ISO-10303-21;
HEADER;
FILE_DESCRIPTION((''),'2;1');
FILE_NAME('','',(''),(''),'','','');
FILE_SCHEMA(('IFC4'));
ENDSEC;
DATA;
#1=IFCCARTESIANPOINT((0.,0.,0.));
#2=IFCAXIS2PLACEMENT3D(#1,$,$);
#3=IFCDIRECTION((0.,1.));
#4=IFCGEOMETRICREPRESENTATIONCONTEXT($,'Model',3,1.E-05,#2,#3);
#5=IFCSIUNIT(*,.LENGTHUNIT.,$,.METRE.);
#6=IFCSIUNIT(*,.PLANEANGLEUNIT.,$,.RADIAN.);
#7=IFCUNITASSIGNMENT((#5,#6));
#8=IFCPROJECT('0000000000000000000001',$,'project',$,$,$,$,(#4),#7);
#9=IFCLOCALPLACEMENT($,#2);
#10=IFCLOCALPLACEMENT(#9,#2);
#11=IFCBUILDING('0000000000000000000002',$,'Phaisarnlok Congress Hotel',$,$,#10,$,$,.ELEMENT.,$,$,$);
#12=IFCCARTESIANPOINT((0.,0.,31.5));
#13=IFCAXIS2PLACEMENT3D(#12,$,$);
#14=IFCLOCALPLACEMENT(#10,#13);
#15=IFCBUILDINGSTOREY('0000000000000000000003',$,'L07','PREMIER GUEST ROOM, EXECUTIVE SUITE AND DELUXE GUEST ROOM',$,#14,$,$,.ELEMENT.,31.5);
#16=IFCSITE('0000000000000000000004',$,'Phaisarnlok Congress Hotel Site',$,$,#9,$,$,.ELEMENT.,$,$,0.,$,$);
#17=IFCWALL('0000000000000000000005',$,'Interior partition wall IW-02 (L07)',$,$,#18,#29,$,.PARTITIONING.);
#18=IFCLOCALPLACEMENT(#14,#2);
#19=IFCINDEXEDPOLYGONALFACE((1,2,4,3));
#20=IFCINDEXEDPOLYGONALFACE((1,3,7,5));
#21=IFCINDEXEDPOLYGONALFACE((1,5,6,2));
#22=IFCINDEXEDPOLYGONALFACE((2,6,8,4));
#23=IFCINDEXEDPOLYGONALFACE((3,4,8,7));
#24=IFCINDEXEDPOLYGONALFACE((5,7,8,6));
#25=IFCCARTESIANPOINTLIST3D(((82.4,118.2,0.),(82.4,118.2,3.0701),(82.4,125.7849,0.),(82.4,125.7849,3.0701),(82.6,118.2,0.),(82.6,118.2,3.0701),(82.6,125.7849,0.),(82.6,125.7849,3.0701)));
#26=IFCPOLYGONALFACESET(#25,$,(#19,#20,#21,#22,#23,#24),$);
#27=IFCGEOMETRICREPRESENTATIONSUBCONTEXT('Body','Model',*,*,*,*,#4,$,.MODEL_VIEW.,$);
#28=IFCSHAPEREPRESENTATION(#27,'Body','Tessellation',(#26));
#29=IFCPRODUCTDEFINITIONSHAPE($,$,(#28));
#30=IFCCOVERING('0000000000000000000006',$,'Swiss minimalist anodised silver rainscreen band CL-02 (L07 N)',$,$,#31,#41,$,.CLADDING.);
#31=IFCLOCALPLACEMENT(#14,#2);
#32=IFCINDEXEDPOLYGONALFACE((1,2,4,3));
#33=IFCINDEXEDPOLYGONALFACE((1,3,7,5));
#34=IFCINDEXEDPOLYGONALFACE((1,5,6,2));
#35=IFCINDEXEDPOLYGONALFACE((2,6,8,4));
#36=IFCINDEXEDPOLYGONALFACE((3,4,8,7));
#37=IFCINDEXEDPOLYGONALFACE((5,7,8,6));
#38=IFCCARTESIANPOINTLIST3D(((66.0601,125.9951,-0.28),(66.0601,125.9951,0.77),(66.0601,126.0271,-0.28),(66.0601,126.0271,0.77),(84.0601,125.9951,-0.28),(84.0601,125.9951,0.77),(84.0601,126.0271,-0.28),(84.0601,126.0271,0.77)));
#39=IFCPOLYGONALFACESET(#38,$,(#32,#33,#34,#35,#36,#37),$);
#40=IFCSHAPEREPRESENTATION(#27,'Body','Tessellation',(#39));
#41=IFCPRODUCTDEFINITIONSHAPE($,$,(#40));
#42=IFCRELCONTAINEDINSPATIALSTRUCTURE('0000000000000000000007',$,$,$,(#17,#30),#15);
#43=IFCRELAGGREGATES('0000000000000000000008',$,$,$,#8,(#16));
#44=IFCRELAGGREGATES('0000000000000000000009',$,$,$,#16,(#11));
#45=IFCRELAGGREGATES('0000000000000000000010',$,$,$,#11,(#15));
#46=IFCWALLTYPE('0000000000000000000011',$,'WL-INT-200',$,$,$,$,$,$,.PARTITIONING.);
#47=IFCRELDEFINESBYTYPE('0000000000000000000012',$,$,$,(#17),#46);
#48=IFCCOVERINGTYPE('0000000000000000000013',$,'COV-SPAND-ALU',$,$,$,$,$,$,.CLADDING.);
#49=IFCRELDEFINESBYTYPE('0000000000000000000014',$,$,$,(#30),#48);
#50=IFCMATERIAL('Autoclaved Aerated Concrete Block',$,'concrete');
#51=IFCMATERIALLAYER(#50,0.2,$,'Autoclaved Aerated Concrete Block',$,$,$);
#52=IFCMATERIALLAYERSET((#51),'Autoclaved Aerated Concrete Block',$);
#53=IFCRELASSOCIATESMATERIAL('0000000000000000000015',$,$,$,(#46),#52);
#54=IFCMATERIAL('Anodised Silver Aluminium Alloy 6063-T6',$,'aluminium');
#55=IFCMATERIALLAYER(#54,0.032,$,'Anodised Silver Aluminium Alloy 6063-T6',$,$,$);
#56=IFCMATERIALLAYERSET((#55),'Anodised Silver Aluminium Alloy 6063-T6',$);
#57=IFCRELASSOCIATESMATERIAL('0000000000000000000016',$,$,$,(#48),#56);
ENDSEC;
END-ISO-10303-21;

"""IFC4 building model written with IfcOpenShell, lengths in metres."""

from ifc_helpers import new_model, si_unit, direction, frame, frame_2d, origin, place, context, subcontext, project, spatial, polyline, rectangle, outline, extrude, material, layer, layer_set, type_object, element, save


model = new_model("IFC4")

# Units and contexts
model_context = context("Model", 3, precision=1e-05, world=origin(), true_north=direction((0.0, 1.0)))
body_context = subcontext(model_context, "Body", "Model", "MODEL_VIEW")
ifc_project = project(units=[si_unit("LENGTHUNIT", "METRE"), si_unit("PLANEANGLEUNIT", "RADIAN")], contexts=[model_context])

# Site, building, storey
site_placement = place(None, origin())
site = spatial("IfcSite", under=ifc_project, at=site_placement, Name="Phaisarnlok Congress Hotel Site", CompositionType="ELEMENT", RefElevation=0.0)
building_placement = place(site_placement, origin())
building = spatial("IfcBuilding", under=site, at=building_placement, Name="Phaisarnlok Congress Hotel", CompositionType="ELEMENT")
storey_placement = place(building_placement, frame((0.0, 0.0, 31.5)))
storey = spatial("IfcBuildingStorey", under=building, at=storey_placement, Name="L07", Description="PREMIER GUEST ROOM, EXECUTIVE SUITE AND DELUXE GUEST ROOM", CompositionType="ELEMENT", Elevation=31.5)

# Wall
ifc_material_1 = material(Name="Autoclaved Aerated Concrete Block", Category="concrete")
ifc_layer_1 = layer(ifc_material_1, 0.2, Name="Autoclaved Aerated Concrete Block")
ifc_layer_set_1 = layer_set([ifc_layer_1], Name="Autoclaved Aerated Concrete Block")
wall_type_1 = type_object("IfcWallType", Name="WL-INT-200", PredefinedType="PARTITIONING", material=ifc_layer_set_1)
wall_1_placement = place(storey_placement, frame((82.5, 118.2, 0.0), z_axis=(0.0, 0.0, 1.0), x_axis=(0.0, 1.0, 0.0)))
element("IfcWall", 1, at=wall_1_placement, inside=storey, type_object=wall_type_1, Name="Interior partition wall IW-02 (L07)", PredefinedType="PARTITIONING", context=body_context, shape_type="SweptSolid", body=[
    extrude(rectangle(XDim=7.585, YDim=0.2, at=frame_2d((3.7925, 0.0))), origin(), (0.0, 0.0, 1.0), 3.0701),
])

# Covering
ifc_material_2 = material(Name="Anodised Silver Aluminium Alloy 6063-T6", Category="aluminium")
ifc_layer_2 = layer(ifc_material_2, 0.032, Name="Anodised Silver Aluminium Alloy 6063-T6")
ifc_layer_set_2 = layer_set([ifc_layer_2], Name="Anodised Silver Aluminium Alloy 6063-T6")
covering_type = type_object("IfcCoveringType", Name="COV-SPAND-ALU", PredefinedType="CLADDING", material=ifc_layer_set_2)
covering_placement = place(storey_placement, frame((84.0601, 125.9951, -0.28), z_axis=(0.0, 1.0, 0.0), x_axis=(-1.0, 0.0, 0.0)))
element("IfcCovering", 2, at=covering_placement, inside=storey, type_object=covering_type, Name="Swiss minimalist anodised silver rainscreen band CL-02 (L07 N)", PredefinedType="CLADDING", context=body_context, shape_type="SweptSolid", body=[
    extrude(outline(polyline([(0.0, 0.0), (18.0, 0.0), (18.0, 1.05), (0.0, 1.05), (0.0, 0.0)])), origin(), (0.0, 0.0, 1.0), 0.032),
])

save(model, "model.ifc")
